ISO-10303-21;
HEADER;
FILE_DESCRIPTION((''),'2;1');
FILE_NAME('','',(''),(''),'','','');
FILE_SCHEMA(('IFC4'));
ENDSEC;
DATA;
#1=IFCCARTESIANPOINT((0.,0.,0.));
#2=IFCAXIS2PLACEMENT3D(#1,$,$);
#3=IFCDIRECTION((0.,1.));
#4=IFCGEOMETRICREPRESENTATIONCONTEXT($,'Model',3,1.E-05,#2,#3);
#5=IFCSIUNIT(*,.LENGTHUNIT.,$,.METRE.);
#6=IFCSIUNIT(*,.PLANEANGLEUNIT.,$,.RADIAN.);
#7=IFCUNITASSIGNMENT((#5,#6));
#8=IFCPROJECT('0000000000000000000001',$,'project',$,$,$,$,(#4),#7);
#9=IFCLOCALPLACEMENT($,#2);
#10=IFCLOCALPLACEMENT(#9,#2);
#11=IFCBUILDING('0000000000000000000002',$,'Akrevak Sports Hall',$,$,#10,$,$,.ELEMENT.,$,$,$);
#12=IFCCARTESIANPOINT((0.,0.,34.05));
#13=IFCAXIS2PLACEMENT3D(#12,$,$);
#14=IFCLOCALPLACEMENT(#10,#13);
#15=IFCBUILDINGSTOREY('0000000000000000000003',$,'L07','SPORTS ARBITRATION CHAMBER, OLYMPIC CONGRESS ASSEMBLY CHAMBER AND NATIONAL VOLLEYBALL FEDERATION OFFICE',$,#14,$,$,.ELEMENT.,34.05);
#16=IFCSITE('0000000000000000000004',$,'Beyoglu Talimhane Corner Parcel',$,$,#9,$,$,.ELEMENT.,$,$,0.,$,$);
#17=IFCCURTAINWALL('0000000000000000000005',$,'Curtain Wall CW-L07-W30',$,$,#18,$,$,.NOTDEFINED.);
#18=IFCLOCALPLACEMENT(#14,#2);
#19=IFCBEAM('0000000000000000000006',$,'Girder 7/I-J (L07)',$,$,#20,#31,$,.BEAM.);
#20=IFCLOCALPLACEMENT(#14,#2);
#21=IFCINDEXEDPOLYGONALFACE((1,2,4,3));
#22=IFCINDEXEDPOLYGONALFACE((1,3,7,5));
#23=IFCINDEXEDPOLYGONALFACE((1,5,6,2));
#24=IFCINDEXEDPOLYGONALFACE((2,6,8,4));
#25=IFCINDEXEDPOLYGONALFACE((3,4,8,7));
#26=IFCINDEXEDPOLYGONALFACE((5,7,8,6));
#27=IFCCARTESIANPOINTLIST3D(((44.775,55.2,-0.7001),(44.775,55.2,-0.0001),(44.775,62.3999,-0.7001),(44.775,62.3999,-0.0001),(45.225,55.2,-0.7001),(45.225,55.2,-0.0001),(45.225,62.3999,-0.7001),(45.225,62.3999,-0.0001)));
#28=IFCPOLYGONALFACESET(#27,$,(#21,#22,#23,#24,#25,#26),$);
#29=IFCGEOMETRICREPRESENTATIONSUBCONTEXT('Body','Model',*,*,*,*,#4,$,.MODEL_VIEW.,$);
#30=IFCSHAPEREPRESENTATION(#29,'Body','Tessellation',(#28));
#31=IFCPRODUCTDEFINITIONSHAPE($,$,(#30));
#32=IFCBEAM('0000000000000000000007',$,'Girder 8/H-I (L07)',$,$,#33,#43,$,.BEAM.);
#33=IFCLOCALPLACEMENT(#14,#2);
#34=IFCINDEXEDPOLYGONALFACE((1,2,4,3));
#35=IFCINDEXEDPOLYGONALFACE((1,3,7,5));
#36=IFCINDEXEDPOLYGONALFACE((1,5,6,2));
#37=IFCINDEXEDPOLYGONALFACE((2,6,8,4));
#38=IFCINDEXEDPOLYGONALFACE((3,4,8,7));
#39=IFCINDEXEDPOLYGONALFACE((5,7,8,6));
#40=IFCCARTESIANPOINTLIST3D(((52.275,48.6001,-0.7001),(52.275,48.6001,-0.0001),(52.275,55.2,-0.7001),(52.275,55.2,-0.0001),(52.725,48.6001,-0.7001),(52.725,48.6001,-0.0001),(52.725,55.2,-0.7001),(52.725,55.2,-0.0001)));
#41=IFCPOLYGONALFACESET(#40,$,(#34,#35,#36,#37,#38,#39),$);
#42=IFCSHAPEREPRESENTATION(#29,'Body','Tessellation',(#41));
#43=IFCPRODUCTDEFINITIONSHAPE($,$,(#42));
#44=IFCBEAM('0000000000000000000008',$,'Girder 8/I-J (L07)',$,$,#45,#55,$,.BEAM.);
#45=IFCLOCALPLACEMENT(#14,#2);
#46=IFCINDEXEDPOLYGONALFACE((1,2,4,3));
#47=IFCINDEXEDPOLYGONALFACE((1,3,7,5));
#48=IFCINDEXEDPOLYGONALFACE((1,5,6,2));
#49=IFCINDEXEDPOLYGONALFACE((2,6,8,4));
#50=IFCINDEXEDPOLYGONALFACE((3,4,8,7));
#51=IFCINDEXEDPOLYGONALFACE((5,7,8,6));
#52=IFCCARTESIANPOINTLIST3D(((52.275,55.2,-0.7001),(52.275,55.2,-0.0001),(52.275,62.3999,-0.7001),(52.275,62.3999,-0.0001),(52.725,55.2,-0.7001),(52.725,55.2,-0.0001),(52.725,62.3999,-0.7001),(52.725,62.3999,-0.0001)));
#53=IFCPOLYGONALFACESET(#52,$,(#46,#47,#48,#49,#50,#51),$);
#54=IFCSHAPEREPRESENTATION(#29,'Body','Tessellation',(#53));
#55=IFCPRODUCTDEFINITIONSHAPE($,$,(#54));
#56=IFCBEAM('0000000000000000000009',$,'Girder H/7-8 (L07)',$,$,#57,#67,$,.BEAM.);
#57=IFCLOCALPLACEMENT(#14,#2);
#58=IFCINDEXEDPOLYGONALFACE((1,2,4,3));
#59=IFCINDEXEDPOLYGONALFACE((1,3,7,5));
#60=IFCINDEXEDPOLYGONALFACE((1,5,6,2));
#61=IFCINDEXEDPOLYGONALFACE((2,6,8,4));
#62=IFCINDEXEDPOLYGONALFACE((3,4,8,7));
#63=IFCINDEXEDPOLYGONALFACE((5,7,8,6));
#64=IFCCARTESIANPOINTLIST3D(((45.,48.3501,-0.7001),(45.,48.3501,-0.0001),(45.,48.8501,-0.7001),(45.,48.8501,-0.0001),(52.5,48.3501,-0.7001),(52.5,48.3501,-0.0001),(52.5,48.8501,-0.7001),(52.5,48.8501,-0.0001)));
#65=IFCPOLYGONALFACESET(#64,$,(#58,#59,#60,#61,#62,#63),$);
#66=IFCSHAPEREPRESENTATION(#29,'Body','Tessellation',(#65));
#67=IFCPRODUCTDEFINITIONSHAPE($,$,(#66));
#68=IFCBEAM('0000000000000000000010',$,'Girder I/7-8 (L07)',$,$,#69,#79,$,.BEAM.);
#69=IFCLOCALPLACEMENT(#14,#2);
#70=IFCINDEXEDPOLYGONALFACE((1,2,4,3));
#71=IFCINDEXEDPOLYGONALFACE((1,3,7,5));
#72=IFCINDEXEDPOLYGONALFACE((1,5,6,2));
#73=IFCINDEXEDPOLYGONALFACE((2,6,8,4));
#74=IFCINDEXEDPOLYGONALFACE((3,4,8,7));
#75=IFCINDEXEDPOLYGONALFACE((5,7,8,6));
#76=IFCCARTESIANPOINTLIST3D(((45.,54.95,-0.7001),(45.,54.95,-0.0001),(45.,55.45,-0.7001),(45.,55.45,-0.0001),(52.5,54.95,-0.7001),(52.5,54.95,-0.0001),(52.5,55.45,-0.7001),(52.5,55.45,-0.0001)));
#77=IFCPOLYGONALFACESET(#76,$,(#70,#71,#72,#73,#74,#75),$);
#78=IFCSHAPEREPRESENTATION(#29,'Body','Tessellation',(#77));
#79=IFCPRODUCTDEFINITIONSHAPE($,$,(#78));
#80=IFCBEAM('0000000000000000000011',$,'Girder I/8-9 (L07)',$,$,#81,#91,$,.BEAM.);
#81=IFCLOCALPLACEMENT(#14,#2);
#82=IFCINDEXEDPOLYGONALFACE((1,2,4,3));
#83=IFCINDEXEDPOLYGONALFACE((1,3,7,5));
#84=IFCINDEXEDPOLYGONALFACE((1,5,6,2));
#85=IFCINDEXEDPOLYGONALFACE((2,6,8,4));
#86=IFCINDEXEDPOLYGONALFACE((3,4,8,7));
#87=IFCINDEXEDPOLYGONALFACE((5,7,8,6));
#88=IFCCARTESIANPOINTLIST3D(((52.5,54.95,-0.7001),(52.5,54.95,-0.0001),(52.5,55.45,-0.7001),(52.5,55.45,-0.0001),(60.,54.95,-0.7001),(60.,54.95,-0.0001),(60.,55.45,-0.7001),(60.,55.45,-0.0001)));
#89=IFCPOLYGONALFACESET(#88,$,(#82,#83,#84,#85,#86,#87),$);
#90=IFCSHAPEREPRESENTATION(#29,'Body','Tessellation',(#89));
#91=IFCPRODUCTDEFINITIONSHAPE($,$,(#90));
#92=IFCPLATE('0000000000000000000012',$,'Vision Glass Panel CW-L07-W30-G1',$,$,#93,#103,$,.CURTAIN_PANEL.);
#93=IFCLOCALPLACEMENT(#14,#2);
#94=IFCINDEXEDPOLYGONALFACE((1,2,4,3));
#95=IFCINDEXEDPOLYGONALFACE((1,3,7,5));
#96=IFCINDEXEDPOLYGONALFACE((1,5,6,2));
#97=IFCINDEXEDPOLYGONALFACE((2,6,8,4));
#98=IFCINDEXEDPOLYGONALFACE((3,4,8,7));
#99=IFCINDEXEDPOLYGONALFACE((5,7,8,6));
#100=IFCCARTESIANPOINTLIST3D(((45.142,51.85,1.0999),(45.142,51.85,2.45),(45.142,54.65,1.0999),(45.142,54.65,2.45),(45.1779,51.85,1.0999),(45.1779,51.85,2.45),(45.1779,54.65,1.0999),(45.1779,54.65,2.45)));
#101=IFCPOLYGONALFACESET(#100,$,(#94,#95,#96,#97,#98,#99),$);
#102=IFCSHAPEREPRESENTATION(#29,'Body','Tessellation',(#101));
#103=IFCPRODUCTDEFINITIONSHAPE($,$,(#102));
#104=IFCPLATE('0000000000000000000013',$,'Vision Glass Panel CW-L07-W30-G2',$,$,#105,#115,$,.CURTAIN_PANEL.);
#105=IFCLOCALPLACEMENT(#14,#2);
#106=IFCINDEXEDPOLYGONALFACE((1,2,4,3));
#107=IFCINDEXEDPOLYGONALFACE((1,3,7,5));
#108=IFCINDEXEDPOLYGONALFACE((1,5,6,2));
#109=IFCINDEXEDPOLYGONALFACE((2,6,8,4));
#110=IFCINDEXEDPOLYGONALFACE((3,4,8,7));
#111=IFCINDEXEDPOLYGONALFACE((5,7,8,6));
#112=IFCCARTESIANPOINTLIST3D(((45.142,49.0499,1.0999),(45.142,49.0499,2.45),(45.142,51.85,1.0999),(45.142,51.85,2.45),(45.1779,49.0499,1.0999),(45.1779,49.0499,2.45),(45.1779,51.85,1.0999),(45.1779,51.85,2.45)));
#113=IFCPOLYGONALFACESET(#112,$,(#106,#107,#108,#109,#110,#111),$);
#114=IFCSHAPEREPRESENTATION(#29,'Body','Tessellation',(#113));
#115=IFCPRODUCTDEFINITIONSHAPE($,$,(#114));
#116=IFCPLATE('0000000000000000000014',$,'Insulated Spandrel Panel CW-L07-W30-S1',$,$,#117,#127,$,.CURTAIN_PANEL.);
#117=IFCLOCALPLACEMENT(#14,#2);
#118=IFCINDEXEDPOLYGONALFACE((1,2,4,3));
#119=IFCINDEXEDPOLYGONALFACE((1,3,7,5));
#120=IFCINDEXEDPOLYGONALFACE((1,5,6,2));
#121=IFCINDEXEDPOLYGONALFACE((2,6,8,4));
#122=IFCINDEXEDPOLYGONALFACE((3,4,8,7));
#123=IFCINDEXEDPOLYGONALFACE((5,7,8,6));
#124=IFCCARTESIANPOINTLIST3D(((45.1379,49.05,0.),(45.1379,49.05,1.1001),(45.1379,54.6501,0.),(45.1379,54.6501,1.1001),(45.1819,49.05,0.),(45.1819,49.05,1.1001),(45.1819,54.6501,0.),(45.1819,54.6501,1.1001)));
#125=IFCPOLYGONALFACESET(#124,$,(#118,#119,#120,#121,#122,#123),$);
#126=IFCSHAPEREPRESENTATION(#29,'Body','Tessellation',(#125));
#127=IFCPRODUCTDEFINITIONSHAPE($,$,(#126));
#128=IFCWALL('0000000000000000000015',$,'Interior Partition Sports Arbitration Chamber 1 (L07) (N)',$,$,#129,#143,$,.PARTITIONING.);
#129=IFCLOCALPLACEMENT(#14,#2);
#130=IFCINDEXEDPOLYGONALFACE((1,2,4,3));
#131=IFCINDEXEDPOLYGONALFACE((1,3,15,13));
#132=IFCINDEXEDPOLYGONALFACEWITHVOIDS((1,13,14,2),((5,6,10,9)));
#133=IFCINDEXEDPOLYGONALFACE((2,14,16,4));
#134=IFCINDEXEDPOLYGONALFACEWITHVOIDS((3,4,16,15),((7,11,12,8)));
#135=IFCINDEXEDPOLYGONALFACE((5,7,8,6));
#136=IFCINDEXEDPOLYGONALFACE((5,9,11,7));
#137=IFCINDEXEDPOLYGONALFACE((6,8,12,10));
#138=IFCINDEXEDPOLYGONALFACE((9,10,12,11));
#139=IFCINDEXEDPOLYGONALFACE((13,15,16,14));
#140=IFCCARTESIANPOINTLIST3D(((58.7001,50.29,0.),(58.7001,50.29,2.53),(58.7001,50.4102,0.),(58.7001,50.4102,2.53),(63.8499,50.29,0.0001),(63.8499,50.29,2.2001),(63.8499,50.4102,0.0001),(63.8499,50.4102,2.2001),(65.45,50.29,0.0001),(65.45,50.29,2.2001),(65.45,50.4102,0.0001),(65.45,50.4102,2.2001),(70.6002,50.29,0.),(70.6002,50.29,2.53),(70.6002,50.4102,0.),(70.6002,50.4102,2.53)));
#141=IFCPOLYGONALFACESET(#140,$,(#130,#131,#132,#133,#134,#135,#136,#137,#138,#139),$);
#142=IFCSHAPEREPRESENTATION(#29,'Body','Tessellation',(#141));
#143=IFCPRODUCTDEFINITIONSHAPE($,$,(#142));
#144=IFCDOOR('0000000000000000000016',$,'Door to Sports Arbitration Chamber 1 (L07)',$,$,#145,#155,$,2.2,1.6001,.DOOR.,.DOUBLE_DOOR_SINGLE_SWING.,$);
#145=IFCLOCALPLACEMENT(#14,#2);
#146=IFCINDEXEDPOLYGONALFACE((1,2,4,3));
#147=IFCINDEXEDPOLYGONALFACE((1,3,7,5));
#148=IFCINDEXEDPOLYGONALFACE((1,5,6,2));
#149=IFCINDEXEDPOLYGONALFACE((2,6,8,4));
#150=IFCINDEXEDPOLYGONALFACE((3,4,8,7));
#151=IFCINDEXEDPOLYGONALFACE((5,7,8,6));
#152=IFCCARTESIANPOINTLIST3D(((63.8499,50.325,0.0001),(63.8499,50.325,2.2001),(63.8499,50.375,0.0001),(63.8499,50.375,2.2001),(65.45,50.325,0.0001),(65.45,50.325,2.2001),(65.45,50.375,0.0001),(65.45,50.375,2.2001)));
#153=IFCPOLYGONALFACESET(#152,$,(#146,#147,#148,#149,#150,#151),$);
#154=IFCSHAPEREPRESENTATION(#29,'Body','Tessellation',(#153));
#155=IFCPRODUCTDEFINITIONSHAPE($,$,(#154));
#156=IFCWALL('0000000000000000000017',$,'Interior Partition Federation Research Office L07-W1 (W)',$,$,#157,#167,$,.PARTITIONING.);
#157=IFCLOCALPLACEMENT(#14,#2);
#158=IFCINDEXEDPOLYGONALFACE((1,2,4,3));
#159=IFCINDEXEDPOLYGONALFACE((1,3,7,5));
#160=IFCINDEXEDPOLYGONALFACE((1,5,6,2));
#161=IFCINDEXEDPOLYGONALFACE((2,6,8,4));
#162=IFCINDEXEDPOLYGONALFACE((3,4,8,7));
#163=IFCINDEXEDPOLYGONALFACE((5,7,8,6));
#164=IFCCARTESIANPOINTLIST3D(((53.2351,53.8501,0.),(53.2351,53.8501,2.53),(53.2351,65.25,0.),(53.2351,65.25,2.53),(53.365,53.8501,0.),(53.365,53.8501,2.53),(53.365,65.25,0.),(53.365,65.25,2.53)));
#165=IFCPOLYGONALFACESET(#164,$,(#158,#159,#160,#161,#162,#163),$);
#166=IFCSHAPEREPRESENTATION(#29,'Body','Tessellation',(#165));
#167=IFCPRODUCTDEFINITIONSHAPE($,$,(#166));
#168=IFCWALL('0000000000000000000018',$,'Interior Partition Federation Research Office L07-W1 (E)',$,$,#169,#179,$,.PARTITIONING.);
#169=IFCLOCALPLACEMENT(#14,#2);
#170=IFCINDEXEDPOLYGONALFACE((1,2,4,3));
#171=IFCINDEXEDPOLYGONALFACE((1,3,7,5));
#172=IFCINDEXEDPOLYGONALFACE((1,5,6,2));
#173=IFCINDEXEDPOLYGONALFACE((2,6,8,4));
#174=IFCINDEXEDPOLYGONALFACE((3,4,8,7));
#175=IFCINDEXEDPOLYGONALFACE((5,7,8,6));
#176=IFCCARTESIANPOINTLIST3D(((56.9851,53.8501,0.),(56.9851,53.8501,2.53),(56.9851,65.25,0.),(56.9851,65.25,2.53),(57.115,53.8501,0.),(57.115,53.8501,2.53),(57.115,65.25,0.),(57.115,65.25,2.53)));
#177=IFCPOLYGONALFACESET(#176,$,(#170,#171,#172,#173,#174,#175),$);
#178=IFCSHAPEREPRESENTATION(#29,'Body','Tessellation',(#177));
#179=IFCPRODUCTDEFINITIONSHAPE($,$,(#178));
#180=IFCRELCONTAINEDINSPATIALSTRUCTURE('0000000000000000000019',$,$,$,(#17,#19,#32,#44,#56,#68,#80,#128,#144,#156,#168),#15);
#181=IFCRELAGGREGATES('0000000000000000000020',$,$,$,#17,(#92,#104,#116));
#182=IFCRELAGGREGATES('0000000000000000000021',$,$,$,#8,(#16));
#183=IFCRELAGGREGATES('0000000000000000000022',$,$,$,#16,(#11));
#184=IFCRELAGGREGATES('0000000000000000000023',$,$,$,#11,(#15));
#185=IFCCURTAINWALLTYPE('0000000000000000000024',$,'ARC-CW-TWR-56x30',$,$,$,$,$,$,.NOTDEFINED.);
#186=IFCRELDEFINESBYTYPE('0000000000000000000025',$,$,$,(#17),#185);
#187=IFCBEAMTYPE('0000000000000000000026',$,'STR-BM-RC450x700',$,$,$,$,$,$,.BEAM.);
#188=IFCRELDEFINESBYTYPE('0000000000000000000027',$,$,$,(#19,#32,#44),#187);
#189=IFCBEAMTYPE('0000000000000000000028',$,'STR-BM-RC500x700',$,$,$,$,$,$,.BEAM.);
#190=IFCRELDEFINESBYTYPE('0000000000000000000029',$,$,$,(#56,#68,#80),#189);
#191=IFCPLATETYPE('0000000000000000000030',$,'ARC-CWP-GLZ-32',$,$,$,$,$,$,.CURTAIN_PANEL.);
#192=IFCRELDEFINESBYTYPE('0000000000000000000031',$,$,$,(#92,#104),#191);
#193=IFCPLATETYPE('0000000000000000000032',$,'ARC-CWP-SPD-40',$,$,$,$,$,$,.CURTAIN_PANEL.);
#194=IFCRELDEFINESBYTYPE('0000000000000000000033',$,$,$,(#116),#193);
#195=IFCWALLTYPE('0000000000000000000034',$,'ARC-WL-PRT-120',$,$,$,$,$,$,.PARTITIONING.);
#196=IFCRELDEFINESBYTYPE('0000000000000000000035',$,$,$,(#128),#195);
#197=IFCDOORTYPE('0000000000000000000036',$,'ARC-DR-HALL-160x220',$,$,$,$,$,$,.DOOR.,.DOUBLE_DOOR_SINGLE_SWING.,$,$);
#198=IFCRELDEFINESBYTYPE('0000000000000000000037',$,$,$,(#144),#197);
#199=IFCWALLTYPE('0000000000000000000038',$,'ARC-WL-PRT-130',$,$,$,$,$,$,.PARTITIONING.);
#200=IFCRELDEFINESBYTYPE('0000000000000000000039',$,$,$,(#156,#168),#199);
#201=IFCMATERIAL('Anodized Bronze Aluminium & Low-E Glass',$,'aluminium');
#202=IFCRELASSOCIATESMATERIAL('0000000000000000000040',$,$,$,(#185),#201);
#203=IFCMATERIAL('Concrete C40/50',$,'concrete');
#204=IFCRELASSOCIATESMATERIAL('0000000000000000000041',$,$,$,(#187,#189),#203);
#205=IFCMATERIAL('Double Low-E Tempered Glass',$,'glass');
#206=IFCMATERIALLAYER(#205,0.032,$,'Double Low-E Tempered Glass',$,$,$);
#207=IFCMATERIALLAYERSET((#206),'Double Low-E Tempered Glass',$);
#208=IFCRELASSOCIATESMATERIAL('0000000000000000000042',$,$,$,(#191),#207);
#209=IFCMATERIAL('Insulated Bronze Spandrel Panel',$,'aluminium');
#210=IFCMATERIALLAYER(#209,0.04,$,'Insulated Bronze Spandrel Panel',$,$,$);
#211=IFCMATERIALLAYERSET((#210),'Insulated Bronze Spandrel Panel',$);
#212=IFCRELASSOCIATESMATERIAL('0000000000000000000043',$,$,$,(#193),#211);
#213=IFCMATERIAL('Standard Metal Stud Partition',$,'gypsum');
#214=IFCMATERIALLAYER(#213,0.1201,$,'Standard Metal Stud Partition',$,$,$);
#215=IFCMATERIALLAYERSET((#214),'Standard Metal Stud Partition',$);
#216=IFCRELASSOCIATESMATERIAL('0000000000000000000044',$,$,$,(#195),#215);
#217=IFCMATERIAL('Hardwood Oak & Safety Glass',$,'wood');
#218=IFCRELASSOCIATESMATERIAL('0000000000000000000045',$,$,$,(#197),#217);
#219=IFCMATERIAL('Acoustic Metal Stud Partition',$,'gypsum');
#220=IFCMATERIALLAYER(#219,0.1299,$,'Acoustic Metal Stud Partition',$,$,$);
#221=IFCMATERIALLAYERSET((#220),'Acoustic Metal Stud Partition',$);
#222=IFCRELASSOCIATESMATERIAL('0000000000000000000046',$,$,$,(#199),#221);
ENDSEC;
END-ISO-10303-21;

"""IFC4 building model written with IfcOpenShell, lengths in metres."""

from ifc_helpers import new_model, si_unit, direction, frame, frame_2d, origin, origin_2d, place, context, subcontext, project, spatial, rectangle, extrude, material, layer, layer_set, material_profile, profile_set, type_object, element, fill, aggregate, save


model = new_model("IFC4")

# Units and contexts
model_context = context("Model", 3, precision=1e-05, world=origin(), true_north=direction((0.0, 1.0)))
body_context = subcontext(model_context, "Body", "Model", "MODEL_VIEW")
ifc_project = project(units=[si_unit("LENGTHUNIT", "METRE"), si_unit("PLANEANGLEUNIT", "RADIAN")], contexts=[model_context])

# Site, building, storey
site_placement = place(None, origin())
site = spatial("IfcSite", under=ifc_project, at=site_placement, Name="Beyoglu Talimhane Corner Parcel", CompositionType="ELEMENT", RefElevation=0.0)
building_placement = place(site_placement, origin())
building = spatial("IfcBuilding", under=site, at=building_placement, Name="Akrevak Sports Hall", CompositionType="ELEMENT")
storey_placement = place(building_placement, frame((0.0, 0.0, 34.05)))
storey = spatial("IfcBuildingStorey", under=building, at=storey_placement, Name="L07", Description="SPORTS ARBITRATION CHAMBER, OLYMPIC CONGRESS ASSEMBLY CHAMBER AND NATIONAL VOLLEYBALL FEDERATION OFFICE", CompositionType="ELEMENT", Elevation=34.05)

# Shared definitions
ifc_material_1 = material(Name="Concrete C40/50", Category="concrete")

# Curtain wall
ifc_material_2 = material(Name="Anodized Bronze Aluminium & Low-E Glass", Category="aluminium")
curtain_wall_type = type_object("IfcCurtainWallType", Name="ARC-CW-TWR-56x30", PredefinedType="NOTDEFINED", material=ifc_material_2)
curtain_wall_1_placement = place(storey_placement, origin())
curtain_wall_1 = element("IfcCurtainWall", 1, at=curtain_wall_1_placement, inside=storey, type_object=curtain_wall_type, Name="Curtain Wall CW-L07-W30", PredefinedType="NOTDEFINED")

# Beams
ifc_material_profile_1 = material_profile(ifc_material_1, rectangle(XDim=0.45, YDim=0.7, at=origin_2d()), Name="BM 450x700", Category="concrete")
ifc_profile_set_1 = profile_set([ifc_material_profile_1], Name="Concrete C40/50")
beam_type_1 = type_object("IfcBeamType", Name="STR-BM-RC450x700", PredefinedType="BEAM", material=ifc_profile_set_1)
beam_1_placement = place(storey_placement, frame((45.0, 55.2, -0.3501), z_axis=(0.0, 1.0, 0.0), x_axis=(-1.0, 0.0, 0.0)))
element("IfcBeam", 2, at=beam_1_placement, inside=storey, type_object=beam_type_1, Name="Girder 7/I-J (L07)", PredefinedType="BEAM", context=body_context, shape_type="SweptSolid", body=[
    extrude(rectangle(XDim=0.45, YDim=0.7, at=origin_2d()), origin(), (0.0, 0.0, 1.0), 7.2),
])
beam_2_placement = place(storey_placement, frame((52.5, 48.6001, -0.3501), z_axis=(0.0, 1.0, 0.0), x_axis=(-1.0, 0.0, 0.0)))
element("IfcBeam", 3, at=beam_2_placement, inside=storey, type_object=beam_type_1, Name="Girder 8/H-I (L07)", PredefinedType="BEAM", context=body_context, shape_type="SweptSolid", body=[
    extrude(rectangle(XDim=0.45, YDim=0.7, at=origin_2d()), origin(), (0.0, 0.0, 1.0), 6.5999),
])
beam_3_placement = place(storey_placement, frame((52.5, 55.2, -0.3501), z_axis=(0.0, 1.0, 0.0), x_axis=(-1.0, 0.0, 0.0)))
element("IfcBeam", 4, at=beam_3_placement, inside=storey, type_object=beam_type_1, Name="Girder 8/I-J (L07)", PredefinedType="BEAM", context=body_context, shape_type="SweptSolid", body=[
    extrude(rectangle(XDim=0.45, YDim=0.7, at=origin_2d()), origin(), (0.0, 0.0, 1.0), 7.2),
])
ifc_material_profile_2 = material_profile(ifc_material_1, rectangle(XDim=0.5, YDim=0.7, at=origin_2d()), Name="BM 500x700", Category="concrete")
ifc_profile_set_2 = profile_set([ifc_material_profile_2], Name="Concrete C40/50")
beam_type_2 = type_object("IfcBeamType", Name="STR-BM-RC500x700", PredefinedType="BEAM", material=ifc_profile_set_2)
for number, where, z_axis, x_axis, name in (
    (5, (45.0, 48.6001, -0.3501), (1.0, 0.0, 0.0), (0.0, 1.0, 0.0), "Girder H/7-8 (L07)"),
    (6, (45.0, 55.2, -0.3501), (1.0, 0.0, 0.0), (0.0, 1.0, 0.0), "Girder I/7-8 (L07)"),
    (7, (52.5, 55.2, -0.3501), (1.0, 0.0, 0.0), (0.0, 1.0, 0.0), "Girder I/8-9 (L07)"),
):
    element("IfcBeam", number, at=place(storey_placement, frame(where, z_axis=z_axis, x_axis=x_axis)), inside=storey, type_object=beam_type_2, Name=name, PredefinedType="BEAM", context=body_context, shape_type="SweptSolid", body=[
        extrude(rectangle(XDim=0.5, YDim=0.7, at=origin_2d()), origin(), (0.0, 0.0, 1.0), 7.5),
    ])

# Plates
ifc_material_3 = material(Name="Double Low-E Tempered Glass", Category="glass")
ifc_layer_1 = layer(ifc_material_3, 0.032, Name="Double Low-E Tempered Glass")
ifc_layer_set_1 = layer_set([ifc_layer_1], Name="Double Low-E Tempered Glass")
plate_type_1 = type_object("IfcPlateType", Name="ARC-CWP-GLZ-32", PredefinedType="CURTAIN_PANEL", material=ifc_layer_set_1)
plate_1_placement = place(storey_placement, frame((45.1599, 53.25, 1.0999), z_axis=(0.0, 0.0, 1.0), x_axis=(0.0, -1.0, 0.0)))
plate_1 = element("IfcPlate", 8, at=plate_1_placement, type_object=plate_type_1, Name="Vision Glass Panel CW-L07-W30-G1", PredefinedType="CURTAIN_PANEL", context=body_context, shape_type="SweptSolid", body=[
    extrude(rectangle(XDim=2.8, YDim=0.0359, at=origin_2d()), origin(), (0.0, 0.0, 1.0), 1.3501),
])
plate_2_placement = place(storey_placement, frame((45.1599, 50.45, 1.0999), z_axis=(0.0, 0.0, 1.0), x_axis=(0.0, -1.0, 0.0)))
plate_2 = element("IfcPlate", 9, at=plate_2_placement, type_object=plate_type_1, Name="Vision Glass Panel CW-L07-W30-G2", PredefinedType="CURTAIN_PANEL", context=body_context, shape_type="SweptSolid", body=[
    extrude(rectangle(XDim=2.8, YDim=0.0359, at=origin_2d()), origin(), (0.0, 0.0, 1.0), 1.3501),
])
ifc_material_4 = material(Name="Insulated Bronze Spandrel Panel", Category="aluminium")
ifc_layer_2 = layer(ifc_material_4, 0.04, Name="Insulated Bronze Spandrel Panel")
ifc_layer_set_2 = layer_set([ifc_layer_2], Name="Insulated Bronze Spandrel Panel")
plate_type_2 = type_object("IfcPlateType", Name="ARC-CWP-SPD-40", PredefinedType="CURTAIN_PANEL", material=ifc_layer_set_2)
plate_3_placement = place(storey_placement, frame((45.1599, 51.8501, 0.0), z_axis=(0.0, 0.0, 1.0), x_axis=(0.0, -1.0, 0.0)))
plate_3 = element("IfcPlate", 10, at=plate_3_placement, type_object=plate_type_2, Name="Insulated Spandrel Panel CW-L07-W30-S1", PredefinedType="CURTAIN_PANEL", context=body_context, shape_type="SweptSolid", body=[
    extrude(rectangle(XDim=5.6001, YDim=0.0439, at=origin_2d()), origin(), (0.0, 0.0, 1.0), 1.1001),
])
aggregate(curtain_wall_1, [plate_1, plate_2, plate_3])

# Wall, opening, door
ifc_material_5 = material(Name="Standard Metal Stud Partition", Category="gypsum")
ifc_layer_3 = layer(ifc_material_5, 0.1201, Name="Standard Metal Stud Partition")
ifc_layer_set_3 = layer_set([ifc_layer_3], Name="Standard Metal Stud Partition")
wall_type_1 = type_object("IfcWallType", Name="ARC-WL-PRT-120", PredefinedType="PARTITIONING", material=ifc_layer_set_3)
wall_1_placement = place(storey_placement, frame((58.7, 50.3501, 0.0), z_axis=(0.0, 0.0, 1.0), x_axis=(1.0, 0.0, 0.0)))
wall_1 = element("IfcWall", 11, at=wall_1_placement, inside=storey, type_object=wall_type_1, Name="Interior Partition Sports Arbitration Chamber 1 (L07) (N)", PredefinedType="PARTITIONING", context=body_context, shape_type="SweptSolid", body=[
    extrude(rectangle(XDim=11.9001, YDim=0.1201, at=frame_2d((5.9502, 0.0))), origin(), (0.0, 0.0, 1.0), 2.53),
])
opening_1_placement = place(wall_1_placement, frame((5.1499, 0.0, 0.0)))
opening_1 = element("IfcOpeningElement", 12, at=opening_1_placement, cuts=wall_1, PredefinedType="OPENING", context=body_context, shape_type="SweptSolid", body=[
    extrude(rectangle(XDim=1.6001, YDim=2.2, at=frame_2d((0.8, 1.1001))), frame((0.0, 0.072, 0.0), z_axis=(0.0, -1.0, 0.0), x_axis=(1.0, 0.0, 0.0)), (0.0, 0.0, 1.0), 0.144),
])
ifc_material_6 = material(Name="Hardwood Oak & Safety Glass", Category="wood")
door_type_1 = type_object("IfcDoorType", Name="ARC-DR-HALL-160x220", OperationType="DOUBLE_DOOR_SINGLE_SWING", PredefinedType="DOOR", material=ifc_material_6)
door_1_placement = place(opening_1_placement, origin())
door_1 = element("IfcDoor", 13, at=door_1_placement, inside=storey, type_object=door_type_1, Name="Door to Sports Arbitration Chamber 1 (L07)", OperationType="DOUBLE_DOOR_SINGLE_SWING", OverallHeight=2.2, OverallWidth=1.6001, PredefinedType="DOOR", context=body_context, shape_type="SweptSolid", body=[
    extrude(rectangle(XDim=1.6001, YDim=2.2, at=frame_2d((0.8, 1.1001))), frame((0.0, 0.0249, 0.0), z_axis=(0.0, -1.0, 0.0), x_axis=(1.0, 0.0, 0.0)), (0.0, 0.0, 1.0), 0.05),
])
fill(opening_1, door_1)
ifc_material_7 = material(Name="Acoustic Metal Stud Partition", Category="gypsum")
ifc_layer_4 = layer(ifc_material_7, 0.1299, Name="Acoustic Metal Stud Partition")
ifc_layer_set_4 = layer_set([ifc_layer_4], Name="Acoustic Metal Stud Partition")
wall_type_2 = type_object("IfcWallType", Name="ARC-WL-PRT-130", PredefinedType="PARTITIONING", material=ifc_layer_set_4)

# Walls
for number, where, z_axis, x_axis, name in (
    (14, (53.3, 53.8501, 0.0), (0.0, 0.0, 1.0), (0.0, 1.0, 0.0), "Interior Partition Federation Research Office L07-W1 (W)"),
    (15, (57.05, 53.8501, 0.0), (0.0, 0.0, 1.0), (0.0, 1.0, 0.0), "Interior Partition Federation Research Office L07-W1 (E)"),
):
    element("IfcWall", number, at=place(storey_placement, frame(where, z_axis=z_axis, x_axis=x_axis)), inside=storey, type_object=wall_type_2, Name=name, PredefinedType="PARTITIONING", context=body_context, shape_type="SweptSolid", body=[
        extrude(rectangle(XDim=11.3999, YDim=0.1299, at=frame_2d((5.7, 0.0))), origin(), (0.0, 0.0, 1.0), 2.53),
    ])

save(model, "model.ifc")
